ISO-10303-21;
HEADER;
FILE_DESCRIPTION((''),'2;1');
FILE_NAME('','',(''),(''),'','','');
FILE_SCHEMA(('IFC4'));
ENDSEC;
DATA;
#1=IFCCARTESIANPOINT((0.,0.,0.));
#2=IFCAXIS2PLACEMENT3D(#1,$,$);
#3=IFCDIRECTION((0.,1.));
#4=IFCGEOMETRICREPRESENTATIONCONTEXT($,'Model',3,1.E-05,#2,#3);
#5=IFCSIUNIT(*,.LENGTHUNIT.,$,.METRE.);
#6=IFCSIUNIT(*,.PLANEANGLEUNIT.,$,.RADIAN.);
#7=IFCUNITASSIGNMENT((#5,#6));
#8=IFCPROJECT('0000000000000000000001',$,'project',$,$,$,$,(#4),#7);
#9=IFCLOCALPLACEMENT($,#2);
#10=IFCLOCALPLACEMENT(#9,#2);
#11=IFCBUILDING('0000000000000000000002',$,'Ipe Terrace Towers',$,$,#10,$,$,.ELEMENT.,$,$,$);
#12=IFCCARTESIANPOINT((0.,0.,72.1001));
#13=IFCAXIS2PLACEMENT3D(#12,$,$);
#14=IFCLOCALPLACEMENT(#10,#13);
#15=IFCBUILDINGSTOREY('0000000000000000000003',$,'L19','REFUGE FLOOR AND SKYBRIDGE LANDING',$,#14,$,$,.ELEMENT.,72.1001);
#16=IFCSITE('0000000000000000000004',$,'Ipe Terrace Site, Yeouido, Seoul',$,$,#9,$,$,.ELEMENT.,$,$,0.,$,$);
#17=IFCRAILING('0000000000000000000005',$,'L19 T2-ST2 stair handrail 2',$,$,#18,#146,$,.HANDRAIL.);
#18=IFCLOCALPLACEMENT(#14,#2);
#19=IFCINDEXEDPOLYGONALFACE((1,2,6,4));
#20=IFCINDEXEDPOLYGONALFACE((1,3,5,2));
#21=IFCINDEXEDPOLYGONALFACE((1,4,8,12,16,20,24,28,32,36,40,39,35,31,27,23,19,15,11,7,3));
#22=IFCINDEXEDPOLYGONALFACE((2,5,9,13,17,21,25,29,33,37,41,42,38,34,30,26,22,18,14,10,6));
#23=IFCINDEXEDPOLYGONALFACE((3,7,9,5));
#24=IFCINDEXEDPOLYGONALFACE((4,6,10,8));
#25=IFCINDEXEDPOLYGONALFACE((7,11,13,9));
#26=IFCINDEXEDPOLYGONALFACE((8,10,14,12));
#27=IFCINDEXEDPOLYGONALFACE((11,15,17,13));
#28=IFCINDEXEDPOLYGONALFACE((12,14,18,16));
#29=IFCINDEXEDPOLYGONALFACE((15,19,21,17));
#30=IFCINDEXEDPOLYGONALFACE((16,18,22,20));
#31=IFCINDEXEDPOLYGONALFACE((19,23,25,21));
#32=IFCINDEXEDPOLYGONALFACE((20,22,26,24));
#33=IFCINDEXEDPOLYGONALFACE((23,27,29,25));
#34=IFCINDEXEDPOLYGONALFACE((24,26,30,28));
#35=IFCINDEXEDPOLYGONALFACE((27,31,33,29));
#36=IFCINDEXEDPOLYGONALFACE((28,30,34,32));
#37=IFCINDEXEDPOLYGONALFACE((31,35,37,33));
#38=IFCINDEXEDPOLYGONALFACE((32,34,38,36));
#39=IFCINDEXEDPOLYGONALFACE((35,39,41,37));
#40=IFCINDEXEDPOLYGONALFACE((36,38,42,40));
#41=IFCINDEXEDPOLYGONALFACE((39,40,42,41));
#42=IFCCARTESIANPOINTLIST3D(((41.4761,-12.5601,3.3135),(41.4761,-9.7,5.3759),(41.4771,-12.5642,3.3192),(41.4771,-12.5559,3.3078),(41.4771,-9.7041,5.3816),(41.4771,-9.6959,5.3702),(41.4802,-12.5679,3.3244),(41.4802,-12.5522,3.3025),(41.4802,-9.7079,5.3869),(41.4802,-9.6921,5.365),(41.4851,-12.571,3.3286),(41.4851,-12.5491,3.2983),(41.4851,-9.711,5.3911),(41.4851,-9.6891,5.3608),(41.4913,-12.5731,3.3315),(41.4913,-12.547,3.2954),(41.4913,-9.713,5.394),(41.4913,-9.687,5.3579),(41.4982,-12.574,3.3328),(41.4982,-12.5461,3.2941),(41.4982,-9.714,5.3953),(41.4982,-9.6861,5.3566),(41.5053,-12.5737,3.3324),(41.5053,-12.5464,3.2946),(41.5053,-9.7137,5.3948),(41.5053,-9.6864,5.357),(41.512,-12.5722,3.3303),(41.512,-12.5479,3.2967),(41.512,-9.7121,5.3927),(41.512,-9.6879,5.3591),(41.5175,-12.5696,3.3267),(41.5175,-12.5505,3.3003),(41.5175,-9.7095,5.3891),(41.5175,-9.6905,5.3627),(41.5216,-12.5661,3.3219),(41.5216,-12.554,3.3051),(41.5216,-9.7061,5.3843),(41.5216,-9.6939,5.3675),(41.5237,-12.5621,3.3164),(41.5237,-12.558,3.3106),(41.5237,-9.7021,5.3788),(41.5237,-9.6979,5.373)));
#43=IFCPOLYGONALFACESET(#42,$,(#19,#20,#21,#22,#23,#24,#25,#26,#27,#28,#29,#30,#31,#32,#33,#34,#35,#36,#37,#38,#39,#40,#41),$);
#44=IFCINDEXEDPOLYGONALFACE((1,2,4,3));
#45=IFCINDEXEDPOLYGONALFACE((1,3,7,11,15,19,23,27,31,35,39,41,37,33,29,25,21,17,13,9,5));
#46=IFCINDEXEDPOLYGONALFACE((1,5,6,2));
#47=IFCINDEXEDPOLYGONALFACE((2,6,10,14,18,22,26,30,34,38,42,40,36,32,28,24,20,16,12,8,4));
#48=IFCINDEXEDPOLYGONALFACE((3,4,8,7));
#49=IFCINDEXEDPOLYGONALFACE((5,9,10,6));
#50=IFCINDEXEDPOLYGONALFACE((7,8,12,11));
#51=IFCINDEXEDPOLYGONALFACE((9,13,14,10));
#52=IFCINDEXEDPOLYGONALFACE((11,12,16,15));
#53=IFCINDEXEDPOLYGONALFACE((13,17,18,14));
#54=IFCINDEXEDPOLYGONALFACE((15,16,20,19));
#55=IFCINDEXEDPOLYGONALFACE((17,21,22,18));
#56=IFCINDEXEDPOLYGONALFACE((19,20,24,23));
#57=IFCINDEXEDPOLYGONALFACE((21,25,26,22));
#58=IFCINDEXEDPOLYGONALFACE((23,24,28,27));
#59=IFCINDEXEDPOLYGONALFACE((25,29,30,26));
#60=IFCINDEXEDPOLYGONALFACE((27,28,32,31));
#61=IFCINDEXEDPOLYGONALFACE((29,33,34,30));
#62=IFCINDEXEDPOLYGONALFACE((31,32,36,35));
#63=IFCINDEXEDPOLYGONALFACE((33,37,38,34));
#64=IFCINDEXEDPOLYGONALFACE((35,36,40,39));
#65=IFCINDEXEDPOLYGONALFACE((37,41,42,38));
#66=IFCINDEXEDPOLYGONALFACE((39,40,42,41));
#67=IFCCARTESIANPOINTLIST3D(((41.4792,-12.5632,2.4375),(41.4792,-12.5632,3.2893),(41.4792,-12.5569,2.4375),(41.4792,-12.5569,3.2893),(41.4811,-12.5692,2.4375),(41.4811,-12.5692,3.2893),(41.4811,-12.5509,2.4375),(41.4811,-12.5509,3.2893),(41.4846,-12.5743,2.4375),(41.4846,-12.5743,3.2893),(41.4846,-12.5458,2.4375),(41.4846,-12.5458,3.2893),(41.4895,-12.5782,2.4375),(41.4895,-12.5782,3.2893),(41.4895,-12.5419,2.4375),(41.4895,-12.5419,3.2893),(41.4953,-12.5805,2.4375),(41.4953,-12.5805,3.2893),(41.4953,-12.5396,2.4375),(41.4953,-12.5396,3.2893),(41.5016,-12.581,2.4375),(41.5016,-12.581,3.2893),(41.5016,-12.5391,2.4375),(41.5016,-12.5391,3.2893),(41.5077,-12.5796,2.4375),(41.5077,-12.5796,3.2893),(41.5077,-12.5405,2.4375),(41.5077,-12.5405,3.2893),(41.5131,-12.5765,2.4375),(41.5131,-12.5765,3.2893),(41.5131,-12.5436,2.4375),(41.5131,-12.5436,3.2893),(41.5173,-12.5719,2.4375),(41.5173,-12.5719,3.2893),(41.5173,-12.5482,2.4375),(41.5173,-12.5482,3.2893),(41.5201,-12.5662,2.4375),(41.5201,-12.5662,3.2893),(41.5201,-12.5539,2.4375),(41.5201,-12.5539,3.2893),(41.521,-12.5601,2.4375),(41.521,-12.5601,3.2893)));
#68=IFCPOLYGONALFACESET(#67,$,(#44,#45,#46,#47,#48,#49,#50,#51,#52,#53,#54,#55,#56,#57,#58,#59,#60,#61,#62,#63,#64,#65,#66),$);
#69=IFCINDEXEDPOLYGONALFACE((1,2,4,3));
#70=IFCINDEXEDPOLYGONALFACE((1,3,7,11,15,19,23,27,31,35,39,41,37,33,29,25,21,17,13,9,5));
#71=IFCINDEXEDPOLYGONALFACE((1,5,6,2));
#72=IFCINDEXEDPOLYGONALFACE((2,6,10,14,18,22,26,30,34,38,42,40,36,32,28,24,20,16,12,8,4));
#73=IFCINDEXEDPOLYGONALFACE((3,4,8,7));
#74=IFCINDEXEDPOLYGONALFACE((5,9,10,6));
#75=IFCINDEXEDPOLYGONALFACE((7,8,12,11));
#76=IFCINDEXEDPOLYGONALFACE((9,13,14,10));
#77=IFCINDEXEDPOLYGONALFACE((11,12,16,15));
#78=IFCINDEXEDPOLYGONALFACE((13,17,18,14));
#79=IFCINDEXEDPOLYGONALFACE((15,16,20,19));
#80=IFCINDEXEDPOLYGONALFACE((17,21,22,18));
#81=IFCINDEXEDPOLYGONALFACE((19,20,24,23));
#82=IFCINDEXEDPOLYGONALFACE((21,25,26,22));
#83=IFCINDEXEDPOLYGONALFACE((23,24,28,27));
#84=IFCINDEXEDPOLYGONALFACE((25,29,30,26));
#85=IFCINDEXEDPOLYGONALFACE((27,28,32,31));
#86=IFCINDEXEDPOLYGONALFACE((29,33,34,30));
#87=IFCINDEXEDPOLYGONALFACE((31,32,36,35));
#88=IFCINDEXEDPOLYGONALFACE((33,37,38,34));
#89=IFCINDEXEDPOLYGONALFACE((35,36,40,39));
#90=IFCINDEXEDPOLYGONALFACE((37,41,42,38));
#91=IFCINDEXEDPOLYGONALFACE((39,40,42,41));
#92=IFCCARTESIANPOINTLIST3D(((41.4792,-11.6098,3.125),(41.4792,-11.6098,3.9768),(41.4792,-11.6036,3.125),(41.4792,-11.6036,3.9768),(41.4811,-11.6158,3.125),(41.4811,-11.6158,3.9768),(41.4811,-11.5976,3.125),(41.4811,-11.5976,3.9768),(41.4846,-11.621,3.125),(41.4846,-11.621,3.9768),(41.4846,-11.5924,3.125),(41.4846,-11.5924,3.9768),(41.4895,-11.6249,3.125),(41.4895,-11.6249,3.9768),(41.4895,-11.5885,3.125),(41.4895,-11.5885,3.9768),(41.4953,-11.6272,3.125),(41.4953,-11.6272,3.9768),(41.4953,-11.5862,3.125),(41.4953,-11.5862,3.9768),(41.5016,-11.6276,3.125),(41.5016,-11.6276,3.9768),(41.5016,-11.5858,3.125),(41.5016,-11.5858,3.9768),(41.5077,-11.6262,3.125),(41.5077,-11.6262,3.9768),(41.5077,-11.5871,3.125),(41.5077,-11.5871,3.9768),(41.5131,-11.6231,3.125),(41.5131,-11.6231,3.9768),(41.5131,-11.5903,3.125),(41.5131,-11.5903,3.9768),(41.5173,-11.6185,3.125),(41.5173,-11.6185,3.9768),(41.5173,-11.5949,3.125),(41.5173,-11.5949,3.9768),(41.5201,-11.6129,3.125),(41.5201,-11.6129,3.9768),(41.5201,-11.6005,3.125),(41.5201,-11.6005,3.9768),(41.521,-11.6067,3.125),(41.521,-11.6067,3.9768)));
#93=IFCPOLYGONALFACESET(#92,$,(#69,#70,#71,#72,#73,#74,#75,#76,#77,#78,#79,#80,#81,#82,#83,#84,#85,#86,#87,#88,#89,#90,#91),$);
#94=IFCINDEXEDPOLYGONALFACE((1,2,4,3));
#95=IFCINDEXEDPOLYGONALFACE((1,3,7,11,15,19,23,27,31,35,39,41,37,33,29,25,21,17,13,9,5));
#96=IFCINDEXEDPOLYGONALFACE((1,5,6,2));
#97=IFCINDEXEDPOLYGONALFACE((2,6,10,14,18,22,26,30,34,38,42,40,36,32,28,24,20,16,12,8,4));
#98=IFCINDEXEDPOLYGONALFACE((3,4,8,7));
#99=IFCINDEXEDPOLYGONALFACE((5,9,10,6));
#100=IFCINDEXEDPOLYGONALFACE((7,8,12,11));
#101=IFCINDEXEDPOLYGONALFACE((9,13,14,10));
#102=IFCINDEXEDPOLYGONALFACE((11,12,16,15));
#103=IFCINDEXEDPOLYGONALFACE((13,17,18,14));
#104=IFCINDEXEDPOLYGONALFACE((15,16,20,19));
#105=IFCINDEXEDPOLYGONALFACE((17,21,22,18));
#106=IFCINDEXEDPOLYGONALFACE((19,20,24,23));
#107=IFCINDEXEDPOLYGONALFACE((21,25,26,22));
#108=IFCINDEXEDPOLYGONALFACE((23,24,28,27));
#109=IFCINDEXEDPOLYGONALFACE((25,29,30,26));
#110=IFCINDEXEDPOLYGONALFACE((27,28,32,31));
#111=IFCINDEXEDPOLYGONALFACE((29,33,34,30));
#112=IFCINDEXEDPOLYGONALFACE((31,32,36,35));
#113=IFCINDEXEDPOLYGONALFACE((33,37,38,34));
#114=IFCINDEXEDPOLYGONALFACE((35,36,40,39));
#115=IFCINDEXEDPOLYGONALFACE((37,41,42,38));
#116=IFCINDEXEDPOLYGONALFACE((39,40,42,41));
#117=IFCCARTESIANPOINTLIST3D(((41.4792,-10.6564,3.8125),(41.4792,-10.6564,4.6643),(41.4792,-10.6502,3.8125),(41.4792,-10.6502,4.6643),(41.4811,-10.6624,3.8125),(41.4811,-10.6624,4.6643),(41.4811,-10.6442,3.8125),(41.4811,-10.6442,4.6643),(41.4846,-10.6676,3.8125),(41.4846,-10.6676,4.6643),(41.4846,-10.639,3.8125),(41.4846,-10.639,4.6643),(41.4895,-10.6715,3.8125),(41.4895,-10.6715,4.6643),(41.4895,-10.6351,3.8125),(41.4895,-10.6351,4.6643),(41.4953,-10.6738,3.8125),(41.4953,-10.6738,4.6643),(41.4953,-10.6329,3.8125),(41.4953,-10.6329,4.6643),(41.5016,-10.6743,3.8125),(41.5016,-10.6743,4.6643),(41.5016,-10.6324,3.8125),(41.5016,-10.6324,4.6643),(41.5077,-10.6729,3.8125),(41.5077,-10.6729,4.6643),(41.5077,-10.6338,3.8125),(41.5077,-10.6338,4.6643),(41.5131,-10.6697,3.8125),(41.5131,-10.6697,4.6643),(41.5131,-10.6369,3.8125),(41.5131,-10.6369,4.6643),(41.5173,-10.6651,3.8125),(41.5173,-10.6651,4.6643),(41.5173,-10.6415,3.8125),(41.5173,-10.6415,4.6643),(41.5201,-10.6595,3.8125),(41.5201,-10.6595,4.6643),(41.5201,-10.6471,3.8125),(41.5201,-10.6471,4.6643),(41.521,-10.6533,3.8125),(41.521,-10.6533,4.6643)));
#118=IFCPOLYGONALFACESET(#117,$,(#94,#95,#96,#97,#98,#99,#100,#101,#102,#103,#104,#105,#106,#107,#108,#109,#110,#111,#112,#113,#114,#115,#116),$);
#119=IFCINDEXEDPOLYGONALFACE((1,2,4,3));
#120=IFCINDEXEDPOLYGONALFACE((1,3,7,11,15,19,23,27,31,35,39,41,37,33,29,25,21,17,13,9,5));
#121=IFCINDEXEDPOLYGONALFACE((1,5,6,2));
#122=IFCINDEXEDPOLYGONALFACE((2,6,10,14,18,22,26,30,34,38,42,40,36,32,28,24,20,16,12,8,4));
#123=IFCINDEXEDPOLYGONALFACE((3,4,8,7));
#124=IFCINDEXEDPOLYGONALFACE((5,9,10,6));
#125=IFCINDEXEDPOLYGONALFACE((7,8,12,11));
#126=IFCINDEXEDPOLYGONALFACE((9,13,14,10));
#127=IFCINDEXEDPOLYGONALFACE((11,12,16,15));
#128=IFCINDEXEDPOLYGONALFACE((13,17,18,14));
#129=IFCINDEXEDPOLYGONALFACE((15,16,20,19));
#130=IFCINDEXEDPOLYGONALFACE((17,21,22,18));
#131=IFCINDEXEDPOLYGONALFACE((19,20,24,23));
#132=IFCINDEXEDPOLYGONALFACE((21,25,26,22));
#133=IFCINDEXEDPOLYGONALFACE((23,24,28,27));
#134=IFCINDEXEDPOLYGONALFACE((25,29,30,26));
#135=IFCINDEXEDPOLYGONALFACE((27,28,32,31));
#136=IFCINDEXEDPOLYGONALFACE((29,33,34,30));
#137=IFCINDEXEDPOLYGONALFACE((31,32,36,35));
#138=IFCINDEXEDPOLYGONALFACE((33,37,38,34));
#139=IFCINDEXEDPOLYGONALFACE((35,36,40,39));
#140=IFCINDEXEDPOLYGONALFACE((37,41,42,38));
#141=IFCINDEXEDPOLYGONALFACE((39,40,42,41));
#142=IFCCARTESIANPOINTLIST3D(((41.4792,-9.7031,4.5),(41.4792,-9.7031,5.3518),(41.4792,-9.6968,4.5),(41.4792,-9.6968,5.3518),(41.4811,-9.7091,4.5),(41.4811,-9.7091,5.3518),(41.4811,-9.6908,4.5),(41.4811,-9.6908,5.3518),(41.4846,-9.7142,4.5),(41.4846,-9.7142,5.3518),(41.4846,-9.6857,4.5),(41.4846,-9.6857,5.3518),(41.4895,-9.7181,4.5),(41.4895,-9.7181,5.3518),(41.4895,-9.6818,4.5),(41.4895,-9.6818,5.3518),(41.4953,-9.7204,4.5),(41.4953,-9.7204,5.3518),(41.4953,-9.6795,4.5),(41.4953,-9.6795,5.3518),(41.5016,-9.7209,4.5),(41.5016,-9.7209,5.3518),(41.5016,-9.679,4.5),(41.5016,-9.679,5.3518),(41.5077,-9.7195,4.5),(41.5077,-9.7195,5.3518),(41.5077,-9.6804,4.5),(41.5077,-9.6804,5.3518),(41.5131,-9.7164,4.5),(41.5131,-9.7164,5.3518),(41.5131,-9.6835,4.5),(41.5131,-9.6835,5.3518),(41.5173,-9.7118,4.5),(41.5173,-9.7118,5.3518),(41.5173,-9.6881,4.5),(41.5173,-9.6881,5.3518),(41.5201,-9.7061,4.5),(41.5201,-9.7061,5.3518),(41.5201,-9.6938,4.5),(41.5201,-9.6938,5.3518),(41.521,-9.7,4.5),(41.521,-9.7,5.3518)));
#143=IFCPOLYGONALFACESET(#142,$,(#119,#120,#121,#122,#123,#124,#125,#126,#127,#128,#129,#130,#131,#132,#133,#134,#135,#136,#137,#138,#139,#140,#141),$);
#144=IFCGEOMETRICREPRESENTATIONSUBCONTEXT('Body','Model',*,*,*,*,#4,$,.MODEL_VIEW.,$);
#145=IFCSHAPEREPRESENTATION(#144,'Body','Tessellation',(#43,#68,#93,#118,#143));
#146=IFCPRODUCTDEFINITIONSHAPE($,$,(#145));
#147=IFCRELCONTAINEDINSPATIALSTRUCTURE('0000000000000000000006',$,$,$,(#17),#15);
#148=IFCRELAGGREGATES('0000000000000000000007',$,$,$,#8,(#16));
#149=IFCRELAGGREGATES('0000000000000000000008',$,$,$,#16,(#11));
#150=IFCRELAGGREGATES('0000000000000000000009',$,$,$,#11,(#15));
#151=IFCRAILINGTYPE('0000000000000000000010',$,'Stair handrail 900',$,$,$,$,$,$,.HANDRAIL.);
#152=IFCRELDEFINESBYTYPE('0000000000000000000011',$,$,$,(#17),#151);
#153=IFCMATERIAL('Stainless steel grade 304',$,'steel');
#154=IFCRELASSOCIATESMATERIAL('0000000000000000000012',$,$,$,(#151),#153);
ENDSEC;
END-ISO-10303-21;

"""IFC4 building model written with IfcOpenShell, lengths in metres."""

from ifc_helpers import new_model, si_unit, direction, frame, origin, origin_2d, place, context, subcontext, project, spatial, circle, extrude, material, type_object, element, save


model = new_model("IFC4")

# Units and contexts
model_context = context("Model", 3, precision=1e-05, world=origin(), true_north=direction((0.0, 1.0)))
body_context = subcontext(model_context, "Body", "Model", "MODEL_VIEW")
ifc_project = project(units=[si_unit("LENGTHUNIT", "METRE"), si_unit("PLANEANGLEUNIT", "RADIAN")], contexts=[model_context])

# Site, building, storey
site_placement = place(None, origin())
site = spatial("IfcSite", under=ifc_project, at=site_placement, Name="Ipe Terrace Site, Yeouido, Seoul", CompositionType="ELEMENT", RefElevation=0.0)
building_placement = place(site_placement, origin())
building = spatial("IfcBuilding", under=site, at=building_placement, Name="Ipe Terrace Towers", CompositionType="ELEMENT")
storey_placement = place(building_placement, frame((0.0, 0.0, 72.1001)))
storey = spatial("IfcBuildingStorey", under=building, at=storey_placement, Name="L19", Description="REFUGE FLOOR AND SKYBRIDGE LANDING", CompositionType="ELEMENT", Elevation=72.1001)

# Railing
ifc_material_1 = material(Name="Stainless steel grade 304", Category="steel")
railing_type_1 = type_object("IfcRailingType", Name="Stair handrail 900", PredefinedType="HANDRAIL", material=ifc_material_1)
railing_1_placement = place(storey_placement, frame((41.5, -12.5601, 2.4375)))
element("IfcRailing", 1, at=railing_1_placement, inside=storey, type_object=railing_type_1, Name="L19 T2-ST2 stair handrail 2", PredefinedType="HANDRAIL", context=body_context, shape_type="SweptSolid", body=[
    extrude(circle(Radius=0.0239, at=origin_2d()), frame((0.0, 0.0, 0.876), z_axis=(0.0, 0.811101, 0.584906), x_axis=(-1.0, 0.0, 0.0)), (0.0, 0.0, 1.0), 3.5261),
    extrude(circle(Radius=0.021, at=origin_2d()), origin(), (0.0, 0.0, 1.0), 0.8518),
    extrude(circle(Radius=0.021, at=origin_2d()), frame((0.0, 0.9534, 0.6875)), (0.0, 0.0, 1.0), 0.8518),
    extrude(circle(Radius=0.021, at=origin_2d()), frame((0.0, 1.9067, 1.375)), (0.0, 0.0, 1.0), 0.8518),
    extrude(circle(Radius=0.021, at=origin_2d()), frame((0.0, 2.8601, 2.0625)), (0.0, 0.0, 1.0), 0.8518),
])

save(model, "model.ifc")
